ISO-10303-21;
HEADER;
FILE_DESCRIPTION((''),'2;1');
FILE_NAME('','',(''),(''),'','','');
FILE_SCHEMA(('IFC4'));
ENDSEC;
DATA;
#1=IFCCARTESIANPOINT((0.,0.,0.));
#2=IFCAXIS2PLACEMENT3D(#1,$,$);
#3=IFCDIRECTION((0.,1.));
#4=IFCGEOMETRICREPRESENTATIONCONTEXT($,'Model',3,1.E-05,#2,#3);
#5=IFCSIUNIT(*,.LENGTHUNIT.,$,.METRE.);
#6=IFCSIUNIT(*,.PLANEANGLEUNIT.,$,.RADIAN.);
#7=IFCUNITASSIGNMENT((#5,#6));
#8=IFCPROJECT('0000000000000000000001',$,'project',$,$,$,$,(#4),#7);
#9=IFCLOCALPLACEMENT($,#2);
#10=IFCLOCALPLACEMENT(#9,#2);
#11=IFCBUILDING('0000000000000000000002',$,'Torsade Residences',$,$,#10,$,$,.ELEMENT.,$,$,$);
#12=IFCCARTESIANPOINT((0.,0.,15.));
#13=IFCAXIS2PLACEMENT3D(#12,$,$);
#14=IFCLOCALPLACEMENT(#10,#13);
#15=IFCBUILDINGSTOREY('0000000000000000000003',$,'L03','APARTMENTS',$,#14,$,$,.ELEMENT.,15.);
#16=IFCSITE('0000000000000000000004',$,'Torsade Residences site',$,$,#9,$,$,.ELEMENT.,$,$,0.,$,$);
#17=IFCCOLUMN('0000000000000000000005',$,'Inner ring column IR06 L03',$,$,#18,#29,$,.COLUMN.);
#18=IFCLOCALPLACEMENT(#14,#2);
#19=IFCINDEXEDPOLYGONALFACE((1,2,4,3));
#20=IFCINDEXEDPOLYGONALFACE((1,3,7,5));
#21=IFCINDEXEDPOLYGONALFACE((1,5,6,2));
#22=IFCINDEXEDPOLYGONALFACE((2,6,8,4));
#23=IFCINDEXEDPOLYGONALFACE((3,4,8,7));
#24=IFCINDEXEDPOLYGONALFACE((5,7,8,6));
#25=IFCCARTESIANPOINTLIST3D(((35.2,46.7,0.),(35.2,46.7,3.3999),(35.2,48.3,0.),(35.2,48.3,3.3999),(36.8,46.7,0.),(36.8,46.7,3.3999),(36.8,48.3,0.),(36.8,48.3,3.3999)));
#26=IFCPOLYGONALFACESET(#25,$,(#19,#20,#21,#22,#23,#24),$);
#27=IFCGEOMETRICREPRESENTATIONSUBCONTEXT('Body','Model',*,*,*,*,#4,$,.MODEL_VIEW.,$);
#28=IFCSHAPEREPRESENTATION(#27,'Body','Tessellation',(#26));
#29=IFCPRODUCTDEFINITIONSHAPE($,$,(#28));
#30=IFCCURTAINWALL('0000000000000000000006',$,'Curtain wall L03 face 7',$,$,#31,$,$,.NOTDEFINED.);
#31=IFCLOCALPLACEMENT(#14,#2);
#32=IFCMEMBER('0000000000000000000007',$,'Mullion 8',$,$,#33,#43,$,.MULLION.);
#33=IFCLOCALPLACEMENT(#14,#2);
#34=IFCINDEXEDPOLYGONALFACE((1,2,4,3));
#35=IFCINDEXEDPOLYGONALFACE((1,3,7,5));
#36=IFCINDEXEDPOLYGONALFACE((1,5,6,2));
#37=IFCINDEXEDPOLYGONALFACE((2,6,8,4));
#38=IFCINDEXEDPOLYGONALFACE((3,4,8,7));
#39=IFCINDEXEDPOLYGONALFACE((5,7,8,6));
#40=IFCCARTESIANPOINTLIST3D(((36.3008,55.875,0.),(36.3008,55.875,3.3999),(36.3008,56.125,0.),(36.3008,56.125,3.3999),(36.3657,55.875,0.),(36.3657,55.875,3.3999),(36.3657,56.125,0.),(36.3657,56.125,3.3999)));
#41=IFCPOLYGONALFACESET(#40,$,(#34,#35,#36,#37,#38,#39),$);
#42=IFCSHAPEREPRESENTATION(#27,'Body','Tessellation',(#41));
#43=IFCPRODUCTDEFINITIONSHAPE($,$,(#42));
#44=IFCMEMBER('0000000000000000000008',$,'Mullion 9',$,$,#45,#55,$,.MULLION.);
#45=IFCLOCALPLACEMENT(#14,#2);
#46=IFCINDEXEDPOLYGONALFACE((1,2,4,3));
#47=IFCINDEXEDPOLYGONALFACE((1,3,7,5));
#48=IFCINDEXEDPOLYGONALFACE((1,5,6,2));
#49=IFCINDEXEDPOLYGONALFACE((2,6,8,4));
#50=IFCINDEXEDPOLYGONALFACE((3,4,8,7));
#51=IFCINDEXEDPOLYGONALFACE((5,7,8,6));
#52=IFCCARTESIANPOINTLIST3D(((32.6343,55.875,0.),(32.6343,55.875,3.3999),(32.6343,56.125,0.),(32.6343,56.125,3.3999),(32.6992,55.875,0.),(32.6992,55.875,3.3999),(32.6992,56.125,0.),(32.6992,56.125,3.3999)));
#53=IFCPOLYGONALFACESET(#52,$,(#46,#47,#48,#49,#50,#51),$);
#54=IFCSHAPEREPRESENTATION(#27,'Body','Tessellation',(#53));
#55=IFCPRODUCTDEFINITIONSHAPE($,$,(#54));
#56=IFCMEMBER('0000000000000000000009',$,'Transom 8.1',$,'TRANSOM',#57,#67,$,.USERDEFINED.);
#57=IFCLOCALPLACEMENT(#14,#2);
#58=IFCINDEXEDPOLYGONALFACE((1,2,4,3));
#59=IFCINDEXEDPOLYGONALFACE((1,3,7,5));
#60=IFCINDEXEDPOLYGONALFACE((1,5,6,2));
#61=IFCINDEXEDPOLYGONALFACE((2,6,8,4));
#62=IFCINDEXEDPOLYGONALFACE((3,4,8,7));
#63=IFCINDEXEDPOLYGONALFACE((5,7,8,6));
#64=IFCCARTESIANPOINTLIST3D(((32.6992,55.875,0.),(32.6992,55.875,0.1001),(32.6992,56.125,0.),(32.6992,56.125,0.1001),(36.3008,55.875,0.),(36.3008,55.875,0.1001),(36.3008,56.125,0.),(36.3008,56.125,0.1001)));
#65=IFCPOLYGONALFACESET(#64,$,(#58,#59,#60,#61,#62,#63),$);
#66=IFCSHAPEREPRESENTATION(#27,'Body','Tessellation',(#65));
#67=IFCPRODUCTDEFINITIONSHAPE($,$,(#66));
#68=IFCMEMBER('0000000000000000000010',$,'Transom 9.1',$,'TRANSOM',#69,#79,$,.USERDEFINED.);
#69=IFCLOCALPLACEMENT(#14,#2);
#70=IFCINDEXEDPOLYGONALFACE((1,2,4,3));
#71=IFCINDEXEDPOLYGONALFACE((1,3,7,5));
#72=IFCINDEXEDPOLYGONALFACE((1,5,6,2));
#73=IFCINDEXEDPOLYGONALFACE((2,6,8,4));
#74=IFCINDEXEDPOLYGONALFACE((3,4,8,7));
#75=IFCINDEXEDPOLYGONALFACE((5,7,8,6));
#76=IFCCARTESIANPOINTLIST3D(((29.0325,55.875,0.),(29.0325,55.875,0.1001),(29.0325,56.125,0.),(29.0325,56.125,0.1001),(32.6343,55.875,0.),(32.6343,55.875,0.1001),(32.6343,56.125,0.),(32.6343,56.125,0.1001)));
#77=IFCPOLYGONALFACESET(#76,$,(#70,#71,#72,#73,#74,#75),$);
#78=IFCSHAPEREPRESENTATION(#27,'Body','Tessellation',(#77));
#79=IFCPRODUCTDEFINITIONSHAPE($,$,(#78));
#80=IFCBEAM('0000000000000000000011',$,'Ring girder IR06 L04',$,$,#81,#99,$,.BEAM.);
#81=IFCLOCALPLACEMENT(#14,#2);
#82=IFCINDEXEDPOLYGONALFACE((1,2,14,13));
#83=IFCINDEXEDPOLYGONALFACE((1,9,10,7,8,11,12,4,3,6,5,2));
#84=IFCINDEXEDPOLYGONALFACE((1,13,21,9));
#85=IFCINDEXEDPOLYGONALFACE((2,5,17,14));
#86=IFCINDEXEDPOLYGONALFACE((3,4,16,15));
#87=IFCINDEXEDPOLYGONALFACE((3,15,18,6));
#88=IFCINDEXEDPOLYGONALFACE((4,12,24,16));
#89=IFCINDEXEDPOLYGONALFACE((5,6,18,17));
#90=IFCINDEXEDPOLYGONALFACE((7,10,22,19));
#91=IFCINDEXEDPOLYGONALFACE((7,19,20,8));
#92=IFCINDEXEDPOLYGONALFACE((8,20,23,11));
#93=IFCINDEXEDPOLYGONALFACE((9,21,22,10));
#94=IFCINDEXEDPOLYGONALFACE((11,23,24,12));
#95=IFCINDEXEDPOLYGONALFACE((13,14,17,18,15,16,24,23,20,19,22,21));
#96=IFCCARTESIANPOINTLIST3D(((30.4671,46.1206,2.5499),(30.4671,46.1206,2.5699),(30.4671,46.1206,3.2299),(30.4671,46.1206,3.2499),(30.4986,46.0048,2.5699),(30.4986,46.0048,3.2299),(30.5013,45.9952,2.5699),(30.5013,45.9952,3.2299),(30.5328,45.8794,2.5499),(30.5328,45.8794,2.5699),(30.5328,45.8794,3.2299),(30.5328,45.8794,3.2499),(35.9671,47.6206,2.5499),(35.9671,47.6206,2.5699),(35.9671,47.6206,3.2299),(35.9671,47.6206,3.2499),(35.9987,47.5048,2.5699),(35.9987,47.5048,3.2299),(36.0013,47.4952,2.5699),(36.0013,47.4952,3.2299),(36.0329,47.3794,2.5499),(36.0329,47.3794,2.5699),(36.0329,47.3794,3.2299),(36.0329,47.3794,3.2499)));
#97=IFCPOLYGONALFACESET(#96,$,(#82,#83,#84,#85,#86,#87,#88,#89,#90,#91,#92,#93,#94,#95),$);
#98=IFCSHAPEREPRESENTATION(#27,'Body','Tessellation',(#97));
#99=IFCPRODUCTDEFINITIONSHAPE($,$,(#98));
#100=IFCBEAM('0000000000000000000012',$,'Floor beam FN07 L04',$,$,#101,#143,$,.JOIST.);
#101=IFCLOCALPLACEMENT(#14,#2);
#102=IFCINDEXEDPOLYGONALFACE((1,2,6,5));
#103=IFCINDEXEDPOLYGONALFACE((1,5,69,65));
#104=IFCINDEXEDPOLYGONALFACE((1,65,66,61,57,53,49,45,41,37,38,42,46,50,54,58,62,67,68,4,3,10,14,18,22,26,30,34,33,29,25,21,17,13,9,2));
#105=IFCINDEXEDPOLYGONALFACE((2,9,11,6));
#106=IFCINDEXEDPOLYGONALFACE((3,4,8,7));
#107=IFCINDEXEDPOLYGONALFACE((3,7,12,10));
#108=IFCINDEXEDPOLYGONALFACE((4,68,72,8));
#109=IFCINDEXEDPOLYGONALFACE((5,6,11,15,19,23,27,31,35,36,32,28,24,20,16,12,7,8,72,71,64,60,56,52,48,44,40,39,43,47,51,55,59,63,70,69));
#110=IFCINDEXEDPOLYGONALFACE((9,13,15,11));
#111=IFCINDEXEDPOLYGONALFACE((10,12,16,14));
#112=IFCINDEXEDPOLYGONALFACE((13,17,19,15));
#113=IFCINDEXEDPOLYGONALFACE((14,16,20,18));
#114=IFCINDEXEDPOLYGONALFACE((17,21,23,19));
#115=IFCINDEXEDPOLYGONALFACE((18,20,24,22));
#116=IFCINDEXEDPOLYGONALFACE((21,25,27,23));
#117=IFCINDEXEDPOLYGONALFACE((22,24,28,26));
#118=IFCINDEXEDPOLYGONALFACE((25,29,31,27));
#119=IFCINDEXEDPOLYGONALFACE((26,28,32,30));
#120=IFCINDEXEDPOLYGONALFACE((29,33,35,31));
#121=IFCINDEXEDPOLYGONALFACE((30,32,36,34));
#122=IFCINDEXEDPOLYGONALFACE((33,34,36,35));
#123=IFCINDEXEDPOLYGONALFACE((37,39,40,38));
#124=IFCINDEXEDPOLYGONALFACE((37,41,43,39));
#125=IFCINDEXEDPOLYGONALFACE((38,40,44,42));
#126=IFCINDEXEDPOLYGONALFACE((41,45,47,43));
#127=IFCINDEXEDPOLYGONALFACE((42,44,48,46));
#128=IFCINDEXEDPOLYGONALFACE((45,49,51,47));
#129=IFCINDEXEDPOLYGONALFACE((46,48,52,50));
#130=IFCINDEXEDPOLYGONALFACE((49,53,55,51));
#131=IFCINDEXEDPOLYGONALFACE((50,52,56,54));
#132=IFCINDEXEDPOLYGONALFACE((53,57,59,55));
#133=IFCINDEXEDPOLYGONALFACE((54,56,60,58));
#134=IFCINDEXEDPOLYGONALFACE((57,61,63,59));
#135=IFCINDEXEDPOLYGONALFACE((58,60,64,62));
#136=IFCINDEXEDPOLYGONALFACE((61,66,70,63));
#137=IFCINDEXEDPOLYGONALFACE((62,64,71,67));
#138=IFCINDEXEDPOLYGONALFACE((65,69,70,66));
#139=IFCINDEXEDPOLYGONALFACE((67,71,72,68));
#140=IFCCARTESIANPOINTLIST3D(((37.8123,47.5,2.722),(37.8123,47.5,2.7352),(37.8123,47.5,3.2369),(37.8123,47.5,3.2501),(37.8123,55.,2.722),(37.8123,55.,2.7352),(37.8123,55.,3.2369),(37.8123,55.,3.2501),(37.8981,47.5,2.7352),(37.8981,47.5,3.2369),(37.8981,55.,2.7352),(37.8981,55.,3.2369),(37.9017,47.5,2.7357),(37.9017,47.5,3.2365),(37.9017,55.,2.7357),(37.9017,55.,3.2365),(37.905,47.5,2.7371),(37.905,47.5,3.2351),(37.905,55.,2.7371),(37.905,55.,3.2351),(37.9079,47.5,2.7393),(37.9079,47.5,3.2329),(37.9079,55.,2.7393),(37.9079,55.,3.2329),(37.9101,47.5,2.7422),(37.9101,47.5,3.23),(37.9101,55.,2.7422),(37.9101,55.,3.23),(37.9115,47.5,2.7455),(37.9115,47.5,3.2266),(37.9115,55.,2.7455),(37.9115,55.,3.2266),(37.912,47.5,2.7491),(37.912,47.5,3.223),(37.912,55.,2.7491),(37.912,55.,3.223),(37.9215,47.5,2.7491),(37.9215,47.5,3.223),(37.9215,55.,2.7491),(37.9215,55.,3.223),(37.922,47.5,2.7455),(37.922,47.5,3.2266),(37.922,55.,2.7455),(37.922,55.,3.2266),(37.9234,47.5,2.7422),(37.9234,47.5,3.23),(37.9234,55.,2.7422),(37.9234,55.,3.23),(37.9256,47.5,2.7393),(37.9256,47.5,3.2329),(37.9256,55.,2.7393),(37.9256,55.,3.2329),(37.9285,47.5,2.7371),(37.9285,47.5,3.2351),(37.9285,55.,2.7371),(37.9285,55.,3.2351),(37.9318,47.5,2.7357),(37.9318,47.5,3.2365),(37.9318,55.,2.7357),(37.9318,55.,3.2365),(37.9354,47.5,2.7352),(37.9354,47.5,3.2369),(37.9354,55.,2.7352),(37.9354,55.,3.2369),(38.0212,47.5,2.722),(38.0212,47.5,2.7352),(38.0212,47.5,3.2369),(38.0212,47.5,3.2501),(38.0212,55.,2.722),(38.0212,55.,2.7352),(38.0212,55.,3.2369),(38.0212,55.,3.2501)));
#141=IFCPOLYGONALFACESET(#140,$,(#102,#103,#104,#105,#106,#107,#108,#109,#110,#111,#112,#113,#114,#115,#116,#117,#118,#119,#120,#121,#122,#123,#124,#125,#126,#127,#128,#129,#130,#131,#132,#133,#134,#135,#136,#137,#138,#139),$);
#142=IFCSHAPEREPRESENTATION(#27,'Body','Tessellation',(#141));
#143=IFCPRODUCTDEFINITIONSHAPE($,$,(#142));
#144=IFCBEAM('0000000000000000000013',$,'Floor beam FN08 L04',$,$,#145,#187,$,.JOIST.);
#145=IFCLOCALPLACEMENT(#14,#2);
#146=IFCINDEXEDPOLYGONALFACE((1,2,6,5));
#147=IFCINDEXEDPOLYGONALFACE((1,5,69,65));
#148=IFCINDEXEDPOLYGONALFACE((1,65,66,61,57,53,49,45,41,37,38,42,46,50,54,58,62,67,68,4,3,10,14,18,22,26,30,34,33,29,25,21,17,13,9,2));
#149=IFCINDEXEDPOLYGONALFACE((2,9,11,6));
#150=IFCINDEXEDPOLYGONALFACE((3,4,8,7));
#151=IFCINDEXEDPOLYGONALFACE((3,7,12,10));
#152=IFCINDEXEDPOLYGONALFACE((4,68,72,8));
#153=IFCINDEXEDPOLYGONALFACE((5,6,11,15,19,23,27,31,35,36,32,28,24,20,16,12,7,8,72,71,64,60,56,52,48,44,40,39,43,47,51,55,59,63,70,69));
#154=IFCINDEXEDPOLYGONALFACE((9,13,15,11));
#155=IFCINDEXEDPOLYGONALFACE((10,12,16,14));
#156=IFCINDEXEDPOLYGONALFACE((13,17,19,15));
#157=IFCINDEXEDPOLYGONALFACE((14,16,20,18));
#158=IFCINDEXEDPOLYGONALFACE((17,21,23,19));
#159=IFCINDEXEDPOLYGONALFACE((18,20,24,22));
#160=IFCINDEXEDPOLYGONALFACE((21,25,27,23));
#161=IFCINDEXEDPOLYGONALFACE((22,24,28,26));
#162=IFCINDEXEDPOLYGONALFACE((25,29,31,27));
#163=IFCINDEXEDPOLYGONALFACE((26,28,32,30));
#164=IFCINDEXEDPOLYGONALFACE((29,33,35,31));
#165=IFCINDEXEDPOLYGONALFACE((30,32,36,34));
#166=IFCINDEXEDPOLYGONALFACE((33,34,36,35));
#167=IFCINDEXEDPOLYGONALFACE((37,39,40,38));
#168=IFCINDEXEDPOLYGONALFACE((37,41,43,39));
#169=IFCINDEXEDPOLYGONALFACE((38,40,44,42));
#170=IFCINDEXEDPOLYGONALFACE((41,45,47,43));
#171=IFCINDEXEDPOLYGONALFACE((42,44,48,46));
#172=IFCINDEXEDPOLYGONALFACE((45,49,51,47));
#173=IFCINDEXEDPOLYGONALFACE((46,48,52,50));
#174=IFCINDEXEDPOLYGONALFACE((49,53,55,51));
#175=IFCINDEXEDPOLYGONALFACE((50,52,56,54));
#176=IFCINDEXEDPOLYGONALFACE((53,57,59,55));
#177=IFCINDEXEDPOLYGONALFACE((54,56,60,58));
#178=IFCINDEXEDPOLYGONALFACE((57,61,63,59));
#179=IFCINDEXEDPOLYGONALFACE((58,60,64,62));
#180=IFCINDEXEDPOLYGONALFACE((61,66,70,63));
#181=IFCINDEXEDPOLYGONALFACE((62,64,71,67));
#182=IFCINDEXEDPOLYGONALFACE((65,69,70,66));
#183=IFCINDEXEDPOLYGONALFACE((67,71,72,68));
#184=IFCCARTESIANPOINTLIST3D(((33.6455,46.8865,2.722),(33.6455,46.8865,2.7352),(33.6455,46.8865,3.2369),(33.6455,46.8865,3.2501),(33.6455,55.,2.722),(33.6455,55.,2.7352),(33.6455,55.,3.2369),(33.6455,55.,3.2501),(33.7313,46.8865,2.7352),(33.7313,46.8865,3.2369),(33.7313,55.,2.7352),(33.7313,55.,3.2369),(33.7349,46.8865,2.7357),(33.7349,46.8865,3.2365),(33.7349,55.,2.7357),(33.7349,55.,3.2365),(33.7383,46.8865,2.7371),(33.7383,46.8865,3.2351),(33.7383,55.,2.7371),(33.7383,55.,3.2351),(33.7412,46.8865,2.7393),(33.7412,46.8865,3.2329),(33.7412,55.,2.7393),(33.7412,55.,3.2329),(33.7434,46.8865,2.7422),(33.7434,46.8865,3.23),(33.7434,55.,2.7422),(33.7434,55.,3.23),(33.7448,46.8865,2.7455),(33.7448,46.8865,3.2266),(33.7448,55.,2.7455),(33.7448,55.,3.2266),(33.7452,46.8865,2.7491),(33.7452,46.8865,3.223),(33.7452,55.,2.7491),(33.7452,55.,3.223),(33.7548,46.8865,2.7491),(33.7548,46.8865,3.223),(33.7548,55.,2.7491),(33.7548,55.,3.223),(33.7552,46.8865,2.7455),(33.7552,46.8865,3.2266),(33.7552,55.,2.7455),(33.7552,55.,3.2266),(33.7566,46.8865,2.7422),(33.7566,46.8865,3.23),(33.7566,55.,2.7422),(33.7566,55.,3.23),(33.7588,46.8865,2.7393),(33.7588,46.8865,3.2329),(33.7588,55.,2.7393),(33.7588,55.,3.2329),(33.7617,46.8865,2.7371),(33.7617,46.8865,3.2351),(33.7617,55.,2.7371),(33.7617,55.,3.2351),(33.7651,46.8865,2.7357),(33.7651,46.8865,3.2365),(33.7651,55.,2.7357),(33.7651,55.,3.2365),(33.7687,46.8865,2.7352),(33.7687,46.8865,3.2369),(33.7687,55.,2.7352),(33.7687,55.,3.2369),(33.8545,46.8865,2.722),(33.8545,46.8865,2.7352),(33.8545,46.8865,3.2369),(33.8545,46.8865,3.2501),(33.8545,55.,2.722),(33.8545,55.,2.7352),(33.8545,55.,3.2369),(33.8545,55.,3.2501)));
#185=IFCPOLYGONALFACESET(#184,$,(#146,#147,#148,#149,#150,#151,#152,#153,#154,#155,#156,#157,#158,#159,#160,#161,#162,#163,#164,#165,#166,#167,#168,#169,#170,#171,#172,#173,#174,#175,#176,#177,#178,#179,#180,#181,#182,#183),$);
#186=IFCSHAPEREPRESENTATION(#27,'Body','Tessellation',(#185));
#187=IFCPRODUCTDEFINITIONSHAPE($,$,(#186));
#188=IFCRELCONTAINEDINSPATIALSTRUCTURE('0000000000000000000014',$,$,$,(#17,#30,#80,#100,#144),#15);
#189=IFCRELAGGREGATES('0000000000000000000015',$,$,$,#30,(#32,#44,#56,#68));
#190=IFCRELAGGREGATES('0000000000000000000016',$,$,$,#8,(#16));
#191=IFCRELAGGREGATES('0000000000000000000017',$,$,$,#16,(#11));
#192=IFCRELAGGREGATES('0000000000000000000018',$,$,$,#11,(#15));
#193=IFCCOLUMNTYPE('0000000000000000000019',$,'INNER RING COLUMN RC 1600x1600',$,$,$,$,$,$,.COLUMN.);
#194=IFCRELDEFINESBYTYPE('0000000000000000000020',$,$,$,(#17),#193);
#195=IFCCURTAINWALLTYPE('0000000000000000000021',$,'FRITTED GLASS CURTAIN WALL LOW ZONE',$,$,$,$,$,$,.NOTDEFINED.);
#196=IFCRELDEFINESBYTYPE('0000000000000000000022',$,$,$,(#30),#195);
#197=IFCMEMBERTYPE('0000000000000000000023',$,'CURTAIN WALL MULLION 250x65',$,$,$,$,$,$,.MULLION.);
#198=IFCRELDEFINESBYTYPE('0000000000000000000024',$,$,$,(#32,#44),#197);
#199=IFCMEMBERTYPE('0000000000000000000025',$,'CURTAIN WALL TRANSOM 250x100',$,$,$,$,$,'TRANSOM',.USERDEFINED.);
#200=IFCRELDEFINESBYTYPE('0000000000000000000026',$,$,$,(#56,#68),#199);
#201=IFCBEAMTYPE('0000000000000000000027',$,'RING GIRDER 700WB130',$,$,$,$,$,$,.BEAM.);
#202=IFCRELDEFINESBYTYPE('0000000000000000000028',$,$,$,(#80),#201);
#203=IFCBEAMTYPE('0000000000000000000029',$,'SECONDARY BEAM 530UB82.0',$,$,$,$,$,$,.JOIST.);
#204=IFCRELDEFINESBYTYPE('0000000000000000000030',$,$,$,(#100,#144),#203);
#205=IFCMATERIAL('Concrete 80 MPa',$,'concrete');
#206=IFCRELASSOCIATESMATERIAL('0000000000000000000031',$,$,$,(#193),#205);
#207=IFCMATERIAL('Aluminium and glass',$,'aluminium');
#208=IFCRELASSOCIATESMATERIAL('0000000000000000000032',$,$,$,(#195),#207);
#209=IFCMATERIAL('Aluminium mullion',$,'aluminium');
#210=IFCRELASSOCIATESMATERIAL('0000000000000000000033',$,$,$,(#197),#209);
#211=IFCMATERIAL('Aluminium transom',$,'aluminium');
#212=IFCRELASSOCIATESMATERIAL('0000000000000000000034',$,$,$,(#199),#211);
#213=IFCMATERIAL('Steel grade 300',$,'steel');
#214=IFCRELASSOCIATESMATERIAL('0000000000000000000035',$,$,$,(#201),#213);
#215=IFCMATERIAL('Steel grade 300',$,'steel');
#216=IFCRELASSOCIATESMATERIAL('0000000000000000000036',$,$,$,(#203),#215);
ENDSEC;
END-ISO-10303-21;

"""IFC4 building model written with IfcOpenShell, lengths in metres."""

from ifc_helpers import new_model, si_unit, direction, frame, origin, origin_2d, place, context, subcontext, project, spatial, rectangle, i_section, extrude, material, material_profile, profile_set, type_object, element, aggregate, save


model = new_model("IFC4")

# Units and contexts
model_context = context("Model", 3, precision=1e-05, world=origin(), true_north=direction((0.0, 1.0)))
body_context = subcontext(model_context, "Body", "Model", "MODEL_VIEW")
ifc_project = project(units=[si_unit("LENGTHUNIT", "METRE"), si_unit("PLANEANGLEUNIT", "RADIAN")], contexts=[model_context])

# Site, building, storey
site_placement = place(None, origin())
site = spatial("IfcSite", under=ifc_project, at=site_placement, Name="Torsade Residences site", CompositionType="ELEMENT", RefElevation=0.0)
building_placement = place(site_placement, origin())
building = spatial("IfcBuilding", under=site, at=building_placement, Name="Torsade Residences", CompositionType="ELEMENT")
storey_placement = place(building_placement, frame((0.0, 0.0, 15.0)))
storey = spatial("IfcBuildingStorey", under=building, at=storey_placement, Name="L03", Description="APARTMENTS", CompositionType="ELEMENT", Elevation=15.0)

# Column
ifc_material_1 = material(Name="Concrete 80 MPa", Category="concrete")
ifc_material_profile_1 = material_profile(ifc_material_1, rectangle(XDim=1.6001, YDim=1.6001, at=origin_2d()), Name="RC 1600x1600")
ifc_profile_set_1 = profile_set([ifc_material_profile_1], Name="Concrete 80 MPa")
column_type = type_object("IfcColumnType", Name="INNER RING COLUMN RC 1600x1600", PredefinedType="COLUMN", material=ifc_profile_set_1)
column_placement = place(storey_placement, frame((36.0, 47.5, 0.0), z_axis=(0.0, 0.0, 1.0), x_axis=(1.0, 0.0, 0.0)))
element("IfcColumn", 1, at=column_placement, inside=storey, type_object=column_type, Name="Inner ring column IR06 L03", PredefinedType="COLUMN", context=body_context, shape_type="SweptSolid", body=[
    extrude(rectangle(XDim=1.6001, YDim=1.6001, at=origin_2d()), origin(), (0.0, 0.0, 1.0), 3.3999),
])

# Curtain wall, members
ifc_material_2 = material(Name="Aluminium and glass", Category="aluminium")
curtain_wall_type = type_object("IfcCurtainWallType", Name="FRITTED GLASS CURTAIN WALL LOW ZONE", PredefinedType="NOTDEFINED", material=ifc_material_2)
curtain_wall_placement = place(storey_placement, origin())
curtain_wall = element("IfcCurtainWall", 2, at=curtain_wall_placement, inside=storey, type_object=curtain_wall_type, Name="Curtain wall L03 face 7", PredefinedType="NOTDEFINED")
ifc_material_3 = material(Name="Aluminium mullion", Category="aluminium")
ifc_material_profile_2 = material_profile(ifc_material_3, rectangle(XDim=0.25, YDim=0.0649, at=origin_2d()), Name="CURTAIN WALL MULLION 250x65")
ifc_profile_set_2 = profile_set([ifc_material_profile_2], Name="Aluminium mullion")
member_type_1 = type_object("IfcMemberType", Name="CURTAIN WALL MULLION 250x65", PredefinedType="MULLION", material=ifc_profile_set_2)
member_1_placement = place(storey_placement, frame((36.3333, 56.0, 0.0), z_axis=(0.0, 0.0, 1.0), x_axis=(0.0, -1.0, 0.0)))
member_1 = element("IfcMember", 3, at=member_1_placement, type_object=member_type_1, Name="Mullion 8", PredefinedType="MULLION", context=body_context, shape_type="SweptSolid", body=[
    extrude(rectangle(XDim=0.25, YDim=0.0649, at=origin_2d()), origin(), (0.0, 0.0, 1.0), 3.3999),
])
member_2_placement = place(storey_placement, frame((32.6667, 56.0, 0.0), z_axis=(0.0, 0.0, 1.0), x_axis=(0.0, -1.0, 0.0)))
member_2 = element("IfcMember", 4, at=member_2_placement, type_object=member_type_1, Name="Mullion 9", PredefinedType="MULLION", context=body_context, shape_type="SweptSolid", body=[
    extrude(rectangle(XDim=0.25, YDim=0.0649, at=origin_2d()), origin(), (0.0, 0.0, 1.0), 3.3999),
])
ifc_material_4 = material(Name="Aluminium transom", Category="aluminium")
ifc_material_profile_3 = material_profile(ifc_material_4, rectangle(XDim=0.25, YDim=0.1001, at=origin_2d()), Name="CURTAIN WALL TRANSOM 250x100")
ifc_profile_set_3 = profile_set([ifc_material_profile_3], Name="Aluminium transom")
member_type_2 = type_object("IfcMemberType", Name="CURTAIN WALL TRANSOM 250x100", ElementType="TRANSOM", PredefinedType="USERDEFINED", material=ifc_profile_set_3)
member_3_placement = place(storey_placement, frame((36.3008, 56.0, 0.05), z_axis=(-1.0, 0.0, 0.0), x_axis=(0.0, -1.0, 0.0)))
member_3 = element("IfcMember", 5, at=member_3_placement, type_object=member_type_2, Name="Transom 8.1", ObjectType="TRANSOM", PredefinedType="USERDEFINED", context=body_context, shape_type="SweptSolid", body=[
    extrude(rectangle(XDim=0.25, YDim=0.1001, at=origin_2d()), origin(), (0.0, 0.0, 1.0), 3.6016),
])
member_4_placement = place(storey_placement, frame((32.6343, 56.0, 0.05), z_axis=(-1.0, 0.0, 0.0), x_axis=(0.0, -1.0, 0.0)))
member_4 = element("IfcMember", 6, at=member_4_placement, type_object=member_type_2, Name="Transom 9.1", ObjectType="TRANSOM", PredefinedType="USERDEFINED", context=body_context, shape_type="SweptSolid", body=[
    extrude(rectangle(XDim=0.25, YDim=0.1001, at=origin_2d()), origin(), (0.0, 0.0, 1.0), 3.6018),
])

# Beams
ifc_material_5 = material(Name="Steel grade 300", Category="steel")
ifc_material_profile_4 = material_profile(ifc_material_5, i_section(OverallWidth=0.25, OverallDepth=0.7, WebThickness=0.01, FlangeThickness=0.02, at=origin_2d()), Name="700WB130")
ifc_profile_set_4 = profile_set([ifc_material_profile_4], Name="Steel grade 300")
beam_type_1 = type_object("IfcBeamType", Name="RING GIRDER 700WB130", PredefinedType="BEAM", material=ifc_profile_set_4)
beam_1_placement = place(storey_placement, frame((36.0, 47.5, 2.8999), z_axis=(-0.964764, -0.263117, 0.0), x_axis=(0.263117, -0.964764, 0.0)))
element("IfcBeam", 7, at=beam_1_placement, inside=storey, type_object=beam_type_1, Name="Ring girder IR06 L04", PredefinedType="BEAM", context=body_context, shape_type="SweptSolid", body=[
    extrude(i_section(OverallWidth=0.25, OverallDepth=0.7, WebThickness=0.01, FlangeThickness=0.02, at=origin_2d()), origin(), (0.0, 0.0, 1.0), 5.7009),
])
ifc_material_6 = material(Name="Steel grade 300", Category="steel")
ifc_material_profile_5 = material_profile(ifc_material_6, i_section(OverallWidth=0.209, OverallDepth=0.5281, WebThickness=0.0095, FlangeThickness=0.0132, FilletRadius=0.0139, at=origin_2d()), Name="530UB82.0")
ifc_profile_set_5 = profile_set([ifc_material_profile_5], Name="Steel grade 300")
beam_type_2 = type_object("IfcBeamType", Name="SECONDARY BEAM 530UB82.0", PredefinedType="JOIST", material=ifc_profile_set_5)
beam_2_placement = place(storey_placement, frame((37.9167, 55.0, 2.9861), z_axis=(0.0, -1.0, 0.0), x_axis=(1.0, 0.0, 0.0)))
element("IfcBeam", 8, at=beam_2_placement, inside=storey, type_object=beam_type_2, Name="Floor beam FN07 L04", PredefinedType="JOIST", context=body_context, shape_type="SweptSolid", body=[
    extrude(i_section(OverallWidth=0.209, OverallDepth=0.5281, WebThickness=0.0095, FlangeThickness=0.0132, FilletRadius=0.0139, at=origin_2d()), origin(), (0.0, 0.0, 1.0), 7.5),
])
beam_3_placement = place(storey_placement, frame((33.75, 55.0, 2.9861), z_axis=(0.0, -1.0, 0.0), x_axis=(1.0, 0.0, 0.0)))
element("IfcBeam", 9, at=beam_3_placement, inside=storey, type_object=beam_type_2, Name="Floor beam FN08 L04", PredefinedType="JOIST", context=body_context, shape_type="SweptSolid", body=[
    extrude(i_section(OverallWidth=0.209, OverallDepth=0.5281, WebThickness=0.0095, FlangeThickness=0.0132, FilletRadius=0.0139, at=origin_2d()), origin(), (0.0, 0.0, 1.0), 8.1135),
])

aggregate(curtain_wall, [member_1, member_2, member_3, member_4])

save(model, "model.ifc")
